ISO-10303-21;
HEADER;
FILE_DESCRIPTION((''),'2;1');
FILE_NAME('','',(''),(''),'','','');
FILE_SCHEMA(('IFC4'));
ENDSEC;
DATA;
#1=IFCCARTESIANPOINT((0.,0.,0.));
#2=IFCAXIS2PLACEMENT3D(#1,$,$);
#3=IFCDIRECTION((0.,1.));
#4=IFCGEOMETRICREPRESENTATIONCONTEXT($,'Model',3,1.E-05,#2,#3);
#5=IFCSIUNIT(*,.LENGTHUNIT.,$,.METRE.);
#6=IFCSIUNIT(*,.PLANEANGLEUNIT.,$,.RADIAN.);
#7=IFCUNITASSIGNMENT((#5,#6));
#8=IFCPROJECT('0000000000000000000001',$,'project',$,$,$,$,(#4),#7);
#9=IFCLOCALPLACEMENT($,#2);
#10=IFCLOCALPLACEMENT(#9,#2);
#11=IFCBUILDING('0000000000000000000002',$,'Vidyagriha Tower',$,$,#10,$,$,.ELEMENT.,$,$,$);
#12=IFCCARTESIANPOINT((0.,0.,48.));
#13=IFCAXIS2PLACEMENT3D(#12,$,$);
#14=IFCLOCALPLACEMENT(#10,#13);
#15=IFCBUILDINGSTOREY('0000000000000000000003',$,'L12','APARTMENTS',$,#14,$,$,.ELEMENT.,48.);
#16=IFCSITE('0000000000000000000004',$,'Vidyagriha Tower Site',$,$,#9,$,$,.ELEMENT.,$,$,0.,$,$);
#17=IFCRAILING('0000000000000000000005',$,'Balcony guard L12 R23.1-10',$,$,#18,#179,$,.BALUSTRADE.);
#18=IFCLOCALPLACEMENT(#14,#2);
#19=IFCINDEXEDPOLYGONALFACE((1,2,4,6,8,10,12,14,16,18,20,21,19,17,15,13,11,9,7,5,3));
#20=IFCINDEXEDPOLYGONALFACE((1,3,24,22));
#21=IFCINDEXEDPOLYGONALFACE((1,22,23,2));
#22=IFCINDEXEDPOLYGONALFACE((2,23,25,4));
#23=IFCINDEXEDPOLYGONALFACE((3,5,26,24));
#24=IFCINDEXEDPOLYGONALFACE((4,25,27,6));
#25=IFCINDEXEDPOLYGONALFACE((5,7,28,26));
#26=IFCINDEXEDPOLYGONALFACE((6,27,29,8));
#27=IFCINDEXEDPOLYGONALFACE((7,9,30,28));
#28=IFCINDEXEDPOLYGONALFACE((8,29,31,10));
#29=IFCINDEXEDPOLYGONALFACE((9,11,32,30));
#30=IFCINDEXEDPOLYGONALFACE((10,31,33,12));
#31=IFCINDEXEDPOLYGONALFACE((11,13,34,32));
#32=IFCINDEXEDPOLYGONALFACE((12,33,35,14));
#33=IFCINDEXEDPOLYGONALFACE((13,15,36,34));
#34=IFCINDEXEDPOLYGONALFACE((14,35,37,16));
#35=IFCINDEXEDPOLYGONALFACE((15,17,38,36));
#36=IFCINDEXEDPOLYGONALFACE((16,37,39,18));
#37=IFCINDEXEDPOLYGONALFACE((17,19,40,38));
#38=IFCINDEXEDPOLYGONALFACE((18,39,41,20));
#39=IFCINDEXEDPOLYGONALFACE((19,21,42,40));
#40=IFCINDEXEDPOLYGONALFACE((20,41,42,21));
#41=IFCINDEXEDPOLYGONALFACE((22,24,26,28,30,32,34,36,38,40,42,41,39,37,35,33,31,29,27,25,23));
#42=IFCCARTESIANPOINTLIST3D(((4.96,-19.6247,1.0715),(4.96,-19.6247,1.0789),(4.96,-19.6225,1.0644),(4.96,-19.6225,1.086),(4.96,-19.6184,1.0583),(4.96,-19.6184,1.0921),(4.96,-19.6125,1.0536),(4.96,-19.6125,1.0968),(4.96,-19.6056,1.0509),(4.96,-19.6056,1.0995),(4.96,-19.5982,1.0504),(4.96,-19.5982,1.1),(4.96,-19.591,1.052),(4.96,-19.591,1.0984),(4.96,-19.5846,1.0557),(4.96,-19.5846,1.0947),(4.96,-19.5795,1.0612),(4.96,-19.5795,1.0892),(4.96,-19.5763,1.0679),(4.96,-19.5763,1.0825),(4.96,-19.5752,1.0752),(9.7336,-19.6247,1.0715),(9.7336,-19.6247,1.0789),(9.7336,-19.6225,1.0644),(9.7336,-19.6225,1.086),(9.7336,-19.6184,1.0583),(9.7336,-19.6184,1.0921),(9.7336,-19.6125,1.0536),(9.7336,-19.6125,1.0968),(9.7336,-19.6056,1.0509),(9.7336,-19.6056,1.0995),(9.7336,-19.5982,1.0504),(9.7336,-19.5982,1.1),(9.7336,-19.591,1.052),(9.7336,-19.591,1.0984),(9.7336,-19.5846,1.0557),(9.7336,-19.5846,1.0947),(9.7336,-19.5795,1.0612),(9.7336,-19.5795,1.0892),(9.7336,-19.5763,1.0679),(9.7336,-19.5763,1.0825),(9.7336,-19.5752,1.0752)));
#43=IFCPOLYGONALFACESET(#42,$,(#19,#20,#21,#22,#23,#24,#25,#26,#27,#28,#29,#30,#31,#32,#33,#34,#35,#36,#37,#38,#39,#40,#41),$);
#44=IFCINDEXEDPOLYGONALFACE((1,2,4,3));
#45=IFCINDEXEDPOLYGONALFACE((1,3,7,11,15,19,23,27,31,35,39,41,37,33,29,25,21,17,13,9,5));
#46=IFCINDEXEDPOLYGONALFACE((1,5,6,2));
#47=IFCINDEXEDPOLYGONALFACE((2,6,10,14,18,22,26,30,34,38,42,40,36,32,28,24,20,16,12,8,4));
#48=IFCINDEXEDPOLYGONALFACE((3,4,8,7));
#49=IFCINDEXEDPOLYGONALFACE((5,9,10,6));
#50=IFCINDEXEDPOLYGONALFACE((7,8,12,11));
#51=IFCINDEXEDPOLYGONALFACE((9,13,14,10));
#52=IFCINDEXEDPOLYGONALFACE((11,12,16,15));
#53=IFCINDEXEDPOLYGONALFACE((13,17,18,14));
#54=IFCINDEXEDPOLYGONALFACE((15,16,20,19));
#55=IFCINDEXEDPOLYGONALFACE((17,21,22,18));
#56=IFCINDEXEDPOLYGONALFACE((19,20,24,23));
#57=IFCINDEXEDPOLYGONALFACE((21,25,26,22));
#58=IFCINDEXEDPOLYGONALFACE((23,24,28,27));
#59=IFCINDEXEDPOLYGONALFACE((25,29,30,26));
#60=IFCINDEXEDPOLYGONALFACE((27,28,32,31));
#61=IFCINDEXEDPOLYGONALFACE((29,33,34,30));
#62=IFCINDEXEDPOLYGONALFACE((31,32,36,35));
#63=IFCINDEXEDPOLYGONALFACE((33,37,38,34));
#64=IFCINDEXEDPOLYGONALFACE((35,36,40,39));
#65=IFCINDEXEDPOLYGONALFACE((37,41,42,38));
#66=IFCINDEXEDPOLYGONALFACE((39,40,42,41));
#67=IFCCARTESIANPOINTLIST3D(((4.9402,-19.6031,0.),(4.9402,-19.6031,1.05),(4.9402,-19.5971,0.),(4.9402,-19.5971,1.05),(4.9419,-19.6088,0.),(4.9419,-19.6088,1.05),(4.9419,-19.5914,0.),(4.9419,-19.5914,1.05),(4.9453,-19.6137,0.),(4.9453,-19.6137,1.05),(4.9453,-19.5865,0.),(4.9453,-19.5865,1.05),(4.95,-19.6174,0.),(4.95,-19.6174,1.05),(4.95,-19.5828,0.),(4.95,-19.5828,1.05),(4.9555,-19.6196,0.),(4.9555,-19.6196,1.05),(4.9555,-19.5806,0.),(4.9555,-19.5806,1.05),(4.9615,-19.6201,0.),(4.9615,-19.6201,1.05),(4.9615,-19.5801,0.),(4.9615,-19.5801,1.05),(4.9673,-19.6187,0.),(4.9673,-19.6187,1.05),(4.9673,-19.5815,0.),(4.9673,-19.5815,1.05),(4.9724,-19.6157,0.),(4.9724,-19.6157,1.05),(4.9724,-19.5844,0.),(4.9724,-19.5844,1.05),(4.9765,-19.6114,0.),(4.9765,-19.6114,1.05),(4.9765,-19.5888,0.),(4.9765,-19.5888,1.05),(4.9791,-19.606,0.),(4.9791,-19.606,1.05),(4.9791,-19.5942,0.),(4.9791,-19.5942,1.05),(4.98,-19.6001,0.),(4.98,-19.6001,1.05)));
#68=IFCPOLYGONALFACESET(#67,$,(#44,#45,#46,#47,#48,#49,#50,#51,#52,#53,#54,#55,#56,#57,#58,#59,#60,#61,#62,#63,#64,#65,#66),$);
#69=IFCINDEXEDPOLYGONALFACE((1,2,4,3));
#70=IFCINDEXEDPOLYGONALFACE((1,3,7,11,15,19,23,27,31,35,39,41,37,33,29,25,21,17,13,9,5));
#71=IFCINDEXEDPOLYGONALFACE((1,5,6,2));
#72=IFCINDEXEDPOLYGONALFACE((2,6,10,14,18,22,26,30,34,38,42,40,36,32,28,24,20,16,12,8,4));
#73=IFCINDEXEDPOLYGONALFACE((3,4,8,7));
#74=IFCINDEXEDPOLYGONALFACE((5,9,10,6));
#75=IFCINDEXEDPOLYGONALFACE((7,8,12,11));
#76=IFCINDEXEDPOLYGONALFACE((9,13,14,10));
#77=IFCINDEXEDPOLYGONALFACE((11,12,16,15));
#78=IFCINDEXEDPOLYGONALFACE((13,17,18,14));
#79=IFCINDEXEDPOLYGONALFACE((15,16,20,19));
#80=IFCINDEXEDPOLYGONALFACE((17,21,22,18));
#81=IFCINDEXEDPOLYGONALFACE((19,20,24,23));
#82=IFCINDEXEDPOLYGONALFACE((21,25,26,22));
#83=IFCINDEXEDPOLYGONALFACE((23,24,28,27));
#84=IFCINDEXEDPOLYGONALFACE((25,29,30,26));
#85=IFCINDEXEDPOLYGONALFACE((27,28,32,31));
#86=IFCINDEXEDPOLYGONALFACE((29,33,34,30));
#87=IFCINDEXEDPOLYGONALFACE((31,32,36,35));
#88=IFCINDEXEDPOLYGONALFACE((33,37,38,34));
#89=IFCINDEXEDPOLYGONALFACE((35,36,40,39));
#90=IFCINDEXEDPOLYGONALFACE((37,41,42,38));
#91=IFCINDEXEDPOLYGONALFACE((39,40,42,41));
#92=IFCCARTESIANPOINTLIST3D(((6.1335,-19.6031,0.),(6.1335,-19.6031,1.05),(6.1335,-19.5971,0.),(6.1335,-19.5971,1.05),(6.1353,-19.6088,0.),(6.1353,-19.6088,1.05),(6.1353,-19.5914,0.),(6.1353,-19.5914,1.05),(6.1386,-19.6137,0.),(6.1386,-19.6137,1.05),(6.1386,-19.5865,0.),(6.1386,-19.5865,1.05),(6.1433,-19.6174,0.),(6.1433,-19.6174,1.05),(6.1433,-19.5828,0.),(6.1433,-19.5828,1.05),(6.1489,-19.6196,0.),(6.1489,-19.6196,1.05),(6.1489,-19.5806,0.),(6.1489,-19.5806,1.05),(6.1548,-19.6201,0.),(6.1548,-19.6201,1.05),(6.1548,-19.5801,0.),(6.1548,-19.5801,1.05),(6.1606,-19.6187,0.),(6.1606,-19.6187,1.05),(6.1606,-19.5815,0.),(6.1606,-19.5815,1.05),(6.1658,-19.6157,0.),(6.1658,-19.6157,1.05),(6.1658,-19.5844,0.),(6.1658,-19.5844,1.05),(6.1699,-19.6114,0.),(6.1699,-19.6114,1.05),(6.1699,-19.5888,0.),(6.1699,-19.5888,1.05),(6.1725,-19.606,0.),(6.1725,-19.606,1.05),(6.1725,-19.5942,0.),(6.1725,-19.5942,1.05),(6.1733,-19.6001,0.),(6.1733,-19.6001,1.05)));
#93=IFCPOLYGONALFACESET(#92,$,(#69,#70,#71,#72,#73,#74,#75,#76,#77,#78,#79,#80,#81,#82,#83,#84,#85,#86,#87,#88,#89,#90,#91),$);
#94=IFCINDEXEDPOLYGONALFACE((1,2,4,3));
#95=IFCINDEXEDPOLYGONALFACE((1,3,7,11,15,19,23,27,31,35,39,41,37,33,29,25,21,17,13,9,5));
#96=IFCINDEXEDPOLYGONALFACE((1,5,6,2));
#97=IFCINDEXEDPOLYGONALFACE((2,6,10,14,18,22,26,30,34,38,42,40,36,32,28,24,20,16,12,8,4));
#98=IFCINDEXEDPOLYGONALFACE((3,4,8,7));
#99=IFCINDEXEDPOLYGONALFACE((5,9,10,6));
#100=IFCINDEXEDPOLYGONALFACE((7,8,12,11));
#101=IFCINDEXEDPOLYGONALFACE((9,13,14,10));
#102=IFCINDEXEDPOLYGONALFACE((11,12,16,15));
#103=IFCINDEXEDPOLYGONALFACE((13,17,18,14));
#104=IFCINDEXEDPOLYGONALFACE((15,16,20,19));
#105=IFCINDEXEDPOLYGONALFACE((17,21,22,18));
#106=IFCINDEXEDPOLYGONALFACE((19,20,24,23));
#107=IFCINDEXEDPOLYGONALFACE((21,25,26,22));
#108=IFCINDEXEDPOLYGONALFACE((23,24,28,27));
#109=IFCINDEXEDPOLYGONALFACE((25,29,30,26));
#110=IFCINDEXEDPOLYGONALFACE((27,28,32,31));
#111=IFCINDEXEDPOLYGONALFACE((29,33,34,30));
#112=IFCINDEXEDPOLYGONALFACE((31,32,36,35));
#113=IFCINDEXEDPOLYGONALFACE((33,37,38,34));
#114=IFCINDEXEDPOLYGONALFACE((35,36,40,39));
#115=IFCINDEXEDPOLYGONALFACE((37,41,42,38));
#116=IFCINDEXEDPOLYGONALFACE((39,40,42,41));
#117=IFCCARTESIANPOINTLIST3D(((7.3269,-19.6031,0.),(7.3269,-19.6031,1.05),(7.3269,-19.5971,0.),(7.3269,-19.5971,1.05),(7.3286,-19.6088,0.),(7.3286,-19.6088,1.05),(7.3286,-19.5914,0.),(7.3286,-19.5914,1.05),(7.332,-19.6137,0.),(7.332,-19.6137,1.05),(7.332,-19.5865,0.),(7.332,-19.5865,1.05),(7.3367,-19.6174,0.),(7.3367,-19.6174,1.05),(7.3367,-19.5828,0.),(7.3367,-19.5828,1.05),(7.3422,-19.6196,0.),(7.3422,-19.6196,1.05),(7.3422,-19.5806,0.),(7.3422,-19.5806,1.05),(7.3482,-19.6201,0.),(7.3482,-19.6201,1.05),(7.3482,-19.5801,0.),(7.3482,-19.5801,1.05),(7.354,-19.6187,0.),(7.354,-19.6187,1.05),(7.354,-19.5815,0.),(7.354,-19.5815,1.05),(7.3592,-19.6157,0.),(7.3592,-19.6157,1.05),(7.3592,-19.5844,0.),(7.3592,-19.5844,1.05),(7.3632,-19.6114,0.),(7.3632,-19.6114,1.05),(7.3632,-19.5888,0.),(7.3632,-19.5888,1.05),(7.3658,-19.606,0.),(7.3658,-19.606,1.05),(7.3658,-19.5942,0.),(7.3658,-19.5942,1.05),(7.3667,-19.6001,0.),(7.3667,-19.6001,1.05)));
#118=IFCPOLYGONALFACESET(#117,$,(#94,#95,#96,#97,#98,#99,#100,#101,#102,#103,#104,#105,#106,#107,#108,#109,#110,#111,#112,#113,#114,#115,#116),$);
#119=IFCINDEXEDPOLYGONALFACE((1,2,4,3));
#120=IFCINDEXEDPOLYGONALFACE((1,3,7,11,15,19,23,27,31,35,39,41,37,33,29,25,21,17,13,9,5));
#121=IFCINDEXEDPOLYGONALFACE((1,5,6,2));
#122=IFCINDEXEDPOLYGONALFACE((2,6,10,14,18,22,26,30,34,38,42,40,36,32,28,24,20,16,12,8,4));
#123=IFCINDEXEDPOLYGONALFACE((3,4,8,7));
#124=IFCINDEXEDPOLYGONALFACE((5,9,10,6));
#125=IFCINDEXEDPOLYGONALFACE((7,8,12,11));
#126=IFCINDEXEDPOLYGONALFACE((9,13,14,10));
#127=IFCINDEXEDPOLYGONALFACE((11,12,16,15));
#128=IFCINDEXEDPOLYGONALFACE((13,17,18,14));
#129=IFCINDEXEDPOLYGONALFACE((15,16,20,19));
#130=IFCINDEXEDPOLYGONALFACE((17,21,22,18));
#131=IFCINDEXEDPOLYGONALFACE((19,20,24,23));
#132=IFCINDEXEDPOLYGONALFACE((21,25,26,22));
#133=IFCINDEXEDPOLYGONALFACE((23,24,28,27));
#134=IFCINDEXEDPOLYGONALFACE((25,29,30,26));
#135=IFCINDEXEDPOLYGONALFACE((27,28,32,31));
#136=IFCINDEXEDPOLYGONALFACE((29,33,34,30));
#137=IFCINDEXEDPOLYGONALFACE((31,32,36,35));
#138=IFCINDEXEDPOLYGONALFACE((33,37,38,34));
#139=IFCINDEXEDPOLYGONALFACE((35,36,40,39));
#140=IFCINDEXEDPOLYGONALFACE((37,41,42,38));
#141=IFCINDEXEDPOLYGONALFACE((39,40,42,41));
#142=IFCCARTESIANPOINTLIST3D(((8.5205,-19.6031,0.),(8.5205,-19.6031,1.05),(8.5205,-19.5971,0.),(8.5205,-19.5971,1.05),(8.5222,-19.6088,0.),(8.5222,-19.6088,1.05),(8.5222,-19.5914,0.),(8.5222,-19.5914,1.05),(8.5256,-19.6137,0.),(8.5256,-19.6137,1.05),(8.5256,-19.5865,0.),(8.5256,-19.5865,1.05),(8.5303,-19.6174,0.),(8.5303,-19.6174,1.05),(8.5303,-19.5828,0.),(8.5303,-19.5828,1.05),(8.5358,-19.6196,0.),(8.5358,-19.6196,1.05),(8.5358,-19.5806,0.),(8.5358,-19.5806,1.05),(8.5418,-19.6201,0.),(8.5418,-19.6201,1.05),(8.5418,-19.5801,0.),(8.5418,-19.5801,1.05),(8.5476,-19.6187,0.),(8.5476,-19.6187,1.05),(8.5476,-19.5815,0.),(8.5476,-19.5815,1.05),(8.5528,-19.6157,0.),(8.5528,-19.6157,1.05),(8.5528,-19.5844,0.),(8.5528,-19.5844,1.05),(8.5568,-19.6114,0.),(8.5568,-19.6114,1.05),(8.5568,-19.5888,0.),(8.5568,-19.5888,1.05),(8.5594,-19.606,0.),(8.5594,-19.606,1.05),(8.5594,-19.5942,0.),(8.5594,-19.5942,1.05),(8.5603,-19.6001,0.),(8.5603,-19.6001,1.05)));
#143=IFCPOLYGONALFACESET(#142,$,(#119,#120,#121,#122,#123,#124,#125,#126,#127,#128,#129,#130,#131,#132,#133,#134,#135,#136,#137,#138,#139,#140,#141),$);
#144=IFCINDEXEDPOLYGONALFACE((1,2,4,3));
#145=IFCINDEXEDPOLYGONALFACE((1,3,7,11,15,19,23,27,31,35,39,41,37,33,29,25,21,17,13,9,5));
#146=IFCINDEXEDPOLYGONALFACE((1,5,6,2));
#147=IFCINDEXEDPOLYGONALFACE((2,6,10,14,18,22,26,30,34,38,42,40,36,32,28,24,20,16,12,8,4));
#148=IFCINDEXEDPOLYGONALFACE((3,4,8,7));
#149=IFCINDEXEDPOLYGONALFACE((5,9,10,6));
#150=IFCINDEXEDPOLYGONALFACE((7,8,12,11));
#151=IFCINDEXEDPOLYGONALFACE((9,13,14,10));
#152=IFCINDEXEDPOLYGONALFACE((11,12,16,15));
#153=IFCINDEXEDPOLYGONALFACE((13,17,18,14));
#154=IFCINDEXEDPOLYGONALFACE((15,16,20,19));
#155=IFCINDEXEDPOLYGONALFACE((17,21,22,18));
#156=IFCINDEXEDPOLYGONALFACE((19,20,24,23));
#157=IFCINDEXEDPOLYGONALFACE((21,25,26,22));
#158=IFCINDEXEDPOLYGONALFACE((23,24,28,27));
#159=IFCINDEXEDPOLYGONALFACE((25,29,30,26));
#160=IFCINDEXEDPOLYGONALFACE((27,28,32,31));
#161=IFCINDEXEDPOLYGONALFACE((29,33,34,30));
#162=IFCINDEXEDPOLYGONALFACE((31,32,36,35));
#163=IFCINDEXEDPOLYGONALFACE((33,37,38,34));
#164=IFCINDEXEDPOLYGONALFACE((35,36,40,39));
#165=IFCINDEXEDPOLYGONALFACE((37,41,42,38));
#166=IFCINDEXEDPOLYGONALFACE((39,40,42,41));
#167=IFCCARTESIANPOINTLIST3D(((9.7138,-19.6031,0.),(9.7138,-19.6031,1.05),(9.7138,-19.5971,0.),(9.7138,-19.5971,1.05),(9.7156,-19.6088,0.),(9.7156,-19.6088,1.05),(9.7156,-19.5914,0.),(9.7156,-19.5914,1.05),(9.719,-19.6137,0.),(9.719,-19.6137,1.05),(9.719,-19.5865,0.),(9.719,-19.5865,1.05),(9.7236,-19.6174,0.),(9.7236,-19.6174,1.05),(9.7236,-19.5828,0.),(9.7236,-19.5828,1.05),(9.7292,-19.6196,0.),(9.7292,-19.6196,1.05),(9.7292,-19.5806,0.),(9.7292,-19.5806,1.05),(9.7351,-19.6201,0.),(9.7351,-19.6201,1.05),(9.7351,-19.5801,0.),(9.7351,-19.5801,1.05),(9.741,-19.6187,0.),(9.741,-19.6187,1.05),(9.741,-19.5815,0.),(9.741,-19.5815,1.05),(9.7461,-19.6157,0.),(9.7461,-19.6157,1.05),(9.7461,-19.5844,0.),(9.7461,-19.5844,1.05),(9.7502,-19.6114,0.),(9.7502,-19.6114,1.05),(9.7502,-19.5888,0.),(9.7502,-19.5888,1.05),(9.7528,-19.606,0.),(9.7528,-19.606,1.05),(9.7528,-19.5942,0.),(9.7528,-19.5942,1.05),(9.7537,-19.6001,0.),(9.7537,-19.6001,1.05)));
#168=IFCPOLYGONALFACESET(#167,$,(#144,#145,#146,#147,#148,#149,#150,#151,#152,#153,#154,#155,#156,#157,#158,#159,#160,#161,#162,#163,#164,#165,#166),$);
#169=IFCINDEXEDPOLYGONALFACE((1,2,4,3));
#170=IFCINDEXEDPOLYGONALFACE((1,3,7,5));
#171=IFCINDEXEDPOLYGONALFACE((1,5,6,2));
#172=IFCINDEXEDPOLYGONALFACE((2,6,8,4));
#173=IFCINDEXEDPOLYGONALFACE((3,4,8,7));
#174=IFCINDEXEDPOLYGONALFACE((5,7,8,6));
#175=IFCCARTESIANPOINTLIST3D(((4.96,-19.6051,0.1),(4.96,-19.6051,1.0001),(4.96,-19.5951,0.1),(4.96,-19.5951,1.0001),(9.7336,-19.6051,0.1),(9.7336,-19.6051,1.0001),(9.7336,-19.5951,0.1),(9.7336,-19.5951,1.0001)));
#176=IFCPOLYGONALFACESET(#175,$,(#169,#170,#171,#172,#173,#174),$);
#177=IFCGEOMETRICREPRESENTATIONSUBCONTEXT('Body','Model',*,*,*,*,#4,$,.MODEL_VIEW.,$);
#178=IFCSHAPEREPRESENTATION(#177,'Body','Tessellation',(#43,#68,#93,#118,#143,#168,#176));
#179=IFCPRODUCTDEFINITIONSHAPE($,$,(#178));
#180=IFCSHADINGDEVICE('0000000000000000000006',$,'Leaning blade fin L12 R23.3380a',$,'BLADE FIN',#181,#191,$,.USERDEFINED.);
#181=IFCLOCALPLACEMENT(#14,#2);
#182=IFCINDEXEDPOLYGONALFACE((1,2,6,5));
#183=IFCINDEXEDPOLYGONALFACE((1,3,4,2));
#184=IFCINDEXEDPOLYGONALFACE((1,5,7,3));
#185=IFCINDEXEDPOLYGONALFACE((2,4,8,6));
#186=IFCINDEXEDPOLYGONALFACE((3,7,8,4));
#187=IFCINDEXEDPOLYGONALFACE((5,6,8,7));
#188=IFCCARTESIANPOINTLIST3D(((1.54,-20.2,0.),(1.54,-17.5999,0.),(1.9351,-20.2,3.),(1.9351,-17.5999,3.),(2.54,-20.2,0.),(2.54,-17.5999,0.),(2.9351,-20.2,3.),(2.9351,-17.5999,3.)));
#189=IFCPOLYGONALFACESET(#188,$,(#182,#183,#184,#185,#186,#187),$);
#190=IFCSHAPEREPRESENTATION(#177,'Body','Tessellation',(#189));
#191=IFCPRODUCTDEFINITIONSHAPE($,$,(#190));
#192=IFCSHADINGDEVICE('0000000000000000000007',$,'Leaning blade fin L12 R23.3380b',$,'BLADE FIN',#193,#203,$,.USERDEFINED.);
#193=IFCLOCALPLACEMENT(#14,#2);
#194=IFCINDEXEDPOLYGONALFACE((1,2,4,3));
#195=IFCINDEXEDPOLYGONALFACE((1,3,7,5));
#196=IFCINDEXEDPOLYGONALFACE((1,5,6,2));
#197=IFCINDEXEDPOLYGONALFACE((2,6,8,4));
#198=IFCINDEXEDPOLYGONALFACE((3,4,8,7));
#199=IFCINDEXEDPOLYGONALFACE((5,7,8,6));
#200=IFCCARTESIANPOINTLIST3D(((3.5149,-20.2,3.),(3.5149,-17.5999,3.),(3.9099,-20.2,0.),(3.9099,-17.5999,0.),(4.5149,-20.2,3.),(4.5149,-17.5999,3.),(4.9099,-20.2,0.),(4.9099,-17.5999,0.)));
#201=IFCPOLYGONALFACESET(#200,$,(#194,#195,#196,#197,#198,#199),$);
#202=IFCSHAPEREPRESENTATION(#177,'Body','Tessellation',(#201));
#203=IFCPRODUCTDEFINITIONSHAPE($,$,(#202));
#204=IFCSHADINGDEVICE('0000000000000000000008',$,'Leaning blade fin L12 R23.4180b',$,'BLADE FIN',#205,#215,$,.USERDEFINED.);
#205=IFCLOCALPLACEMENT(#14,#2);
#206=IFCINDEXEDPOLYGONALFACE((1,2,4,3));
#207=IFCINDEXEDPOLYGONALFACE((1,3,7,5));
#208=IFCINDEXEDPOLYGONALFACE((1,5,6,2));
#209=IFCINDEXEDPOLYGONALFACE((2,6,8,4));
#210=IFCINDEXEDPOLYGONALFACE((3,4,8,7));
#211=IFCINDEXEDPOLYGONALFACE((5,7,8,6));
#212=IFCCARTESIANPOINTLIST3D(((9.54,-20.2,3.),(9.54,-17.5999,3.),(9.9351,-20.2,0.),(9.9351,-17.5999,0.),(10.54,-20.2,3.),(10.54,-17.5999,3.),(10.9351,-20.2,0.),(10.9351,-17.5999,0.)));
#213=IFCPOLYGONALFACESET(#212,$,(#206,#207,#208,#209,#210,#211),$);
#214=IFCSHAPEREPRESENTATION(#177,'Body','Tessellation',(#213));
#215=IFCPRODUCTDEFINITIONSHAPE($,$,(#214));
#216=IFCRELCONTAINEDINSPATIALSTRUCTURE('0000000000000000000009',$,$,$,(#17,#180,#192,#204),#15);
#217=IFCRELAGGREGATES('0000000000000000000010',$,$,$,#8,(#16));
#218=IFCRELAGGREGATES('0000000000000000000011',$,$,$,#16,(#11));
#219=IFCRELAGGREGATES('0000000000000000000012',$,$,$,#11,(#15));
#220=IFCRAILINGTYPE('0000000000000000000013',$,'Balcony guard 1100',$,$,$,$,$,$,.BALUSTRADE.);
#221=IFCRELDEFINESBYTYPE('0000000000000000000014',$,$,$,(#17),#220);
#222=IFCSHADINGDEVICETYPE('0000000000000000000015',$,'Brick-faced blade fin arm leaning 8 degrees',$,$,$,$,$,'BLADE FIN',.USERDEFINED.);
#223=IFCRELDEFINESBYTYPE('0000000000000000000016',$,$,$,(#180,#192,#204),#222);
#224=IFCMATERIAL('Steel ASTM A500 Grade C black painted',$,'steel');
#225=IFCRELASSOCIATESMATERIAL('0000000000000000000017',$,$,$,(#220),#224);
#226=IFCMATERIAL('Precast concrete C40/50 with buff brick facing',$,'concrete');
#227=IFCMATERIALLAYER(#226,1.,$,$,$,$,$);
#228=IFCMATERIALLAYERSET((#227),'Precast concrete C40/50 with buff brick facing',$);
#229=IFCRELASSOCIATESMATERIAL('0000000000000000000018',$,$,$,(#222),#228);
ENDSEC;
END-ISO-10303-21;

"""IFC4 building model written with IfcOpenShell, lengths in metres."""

from ifc_helpers import new_model, si_unit, direction, frame, origin, origin_2d, place, context, subcontext, project, spatial, polyline, rectangle, circle, outline, extrude, material, layer, layer_set, type_object, element, save


model = new_model("IFC4")

# Units and contexts
model_context = context("Model", 3, precision=1e-05, world=origin(), true_north=direction((0.0, 1.0)))
body_context = subcontext(model_context, "Body", "Model", "MODEL_VIEW")
ifc_project = project(units=[si_unit("LENGTHUNIT", "METRE"), si_unit("PLANEANGLEUNIT", "RADIAN")], contexts=[model_context])

# Site, building, storey
site_placement = place(None, origin())
site = spatial("IfcSite", under=ifc_project, at=site_placement, Name="Vidyagriha Tower Site", CompositionType="ELEMENT", RefElevation=0.0)
building_placement = place(site_placement, origin())
building = spatial("IfcBuilding", under=site, at=building_placement, Name="Vidyagriha Tower", CompositionType="ELEMENT")
storey_placement = place(building_placement, frame((0.0, 0.0, 48.0)))
storey = spatial("IfcBuildingStorey", under=building, at=storey_placement, Name="L12", Description="APARTMENTS", CompositionType="ELEMENT", Elevation=48.0)

# Railing
ifc_material_1 = material(Name="Steel ASTM A500 Grade C black painted", Category="steel")
railing_type = type_object("IfcRailingType", Name="Balcony guard 1100", PredefinedType="BALUSTRADE", material=ifc_material_1)
railing_1_placement = place(storey_placement, frame((4.96, -19.6001, 0.0)))
element("IfcRailing", 1, at=railing_1_placement, inside=storey, type_object=railing_type, Name="Balcony guard L12 R23.1-10", PredefinedType="BALUSTRADE", context=body_context, shape_type="SweptSolid", body=[
    extrude(circle(Radius=0.0249, at=origin_2d()), frame((0.0, 0.0, 1.0752), z_axis=(1.0, 0.0, 0.0), x_axis=(0.0, 1.0, 0.0)), (0.0, 0.0, 1.0), 4.7737),
    extrude(circle(Radius=0.02, at=origin_2d()), origin(), (0.0, 0.0, 1.0), 1.05),
    extrude(circle(Radius=0.02, at=origin_2d()), frame((1.1934, 0.0, 0.0)), (0.0, 0.0, 1.0), 1.05),
    extrude(circle(Radius=0.02, at=origin_2d()), frame((2.3867, 0.0, 0.0)), (0.0, 0.0, 1.0), 1.05),
    extrude(circle(Radius=0.02, at=origin_2d()), frame((3.5803, 0.0, 0.0)), (0.0, 0.0, 1.0), 1.05),
    extrude(circle(Radius=0.02, at=origin_2d()), frame((4.7737, 0.0, 0.0)), (0.0, 0.0, 1.0), 1.05),
    extrude(rectangle(XDim=0.01, YDim=0.9001, at=origin_2d()), frame((0.0, 0.0, 0.55), z_axis=(1.0, 0.0, 0.0), x_axis=(0.0, 1.0, 0.0)), (0.0, 0.0, 1.0), 4.7737),
])

# Shading devices
ifc_material_2 = material(Name="Precast concrete C40/50 with buff brick facing", Category="concrete")
ifc_layer_1 = layer(ifc_material_2, 1.0)
ifc_layer_set_1 = layer_set([ifc_layer_1], Name="Precast concrete C40/50 with buff brick facing")
shading_device_type = type_object("IfcShadingDeviceType", Name="Brick-faced blade fin arm leaning 8 degrees", ElementType="BLADE FIN", PredefinedType="USERDEFINED", material=ifc_layer_set_1)
shading_device_placement = place(storey_placement, frame((1.54, -18.8999, 0.0)))
element("IfcShadingDevice", 2, at=shading_device_placement, inside=storey, type_object=shading_device_type, Name="Leaning blade fin L12 R23.3380a", ObjectType="BLADE FIN", PredefinedType="USERDEFINED", context=body_context, shape_type="SweptSolid", body=[
    extrude(outline(polyline([(0.0, 0.0), (1.0, 0.0), (1.395, 3.0), (0.395, 3.0), (0.0, 0.0)])), frame((0.0, 1.3, 0.0), z_axis=(0.0, -1.0, 0.0), x_axis=(1.0, 0.0, 0.0)), (0.0, 0.0, 1.0), 2.6001),
])
for number, where, name in (
    (3, (3.5149, -18.8999, 0.0), "Leaning blade fin L12 R23.3380b"),
    (4, (9.54, -18.8999, 0.0), "Leaning blade fin L12 R23.4180b"),
):
    element("IfcShadingDevice", number, at=place(storey_placement, frame(where)), inside=storey, type_object=shading_device_type, Name=name, ObjectType="BLADE FIN", PredefinedType="USERDEFINED", context=body_context, shape_type="SweptSolid", body=[
        extrude(outline(polyline([(0.395, 0.0), (1.395, 0.0), (1.0, 3.0), (0.0, 3.0), (0.395, 0.0)])), frame((0.0, 1.3, 0.0), z_axis=(0.0, -1.0, 0.0), x_axis=(1.0, 0.0, 0.0)), (0.0, 0.0, 1.0), 2.6001),
    ])

save(model, "model.ifc")
